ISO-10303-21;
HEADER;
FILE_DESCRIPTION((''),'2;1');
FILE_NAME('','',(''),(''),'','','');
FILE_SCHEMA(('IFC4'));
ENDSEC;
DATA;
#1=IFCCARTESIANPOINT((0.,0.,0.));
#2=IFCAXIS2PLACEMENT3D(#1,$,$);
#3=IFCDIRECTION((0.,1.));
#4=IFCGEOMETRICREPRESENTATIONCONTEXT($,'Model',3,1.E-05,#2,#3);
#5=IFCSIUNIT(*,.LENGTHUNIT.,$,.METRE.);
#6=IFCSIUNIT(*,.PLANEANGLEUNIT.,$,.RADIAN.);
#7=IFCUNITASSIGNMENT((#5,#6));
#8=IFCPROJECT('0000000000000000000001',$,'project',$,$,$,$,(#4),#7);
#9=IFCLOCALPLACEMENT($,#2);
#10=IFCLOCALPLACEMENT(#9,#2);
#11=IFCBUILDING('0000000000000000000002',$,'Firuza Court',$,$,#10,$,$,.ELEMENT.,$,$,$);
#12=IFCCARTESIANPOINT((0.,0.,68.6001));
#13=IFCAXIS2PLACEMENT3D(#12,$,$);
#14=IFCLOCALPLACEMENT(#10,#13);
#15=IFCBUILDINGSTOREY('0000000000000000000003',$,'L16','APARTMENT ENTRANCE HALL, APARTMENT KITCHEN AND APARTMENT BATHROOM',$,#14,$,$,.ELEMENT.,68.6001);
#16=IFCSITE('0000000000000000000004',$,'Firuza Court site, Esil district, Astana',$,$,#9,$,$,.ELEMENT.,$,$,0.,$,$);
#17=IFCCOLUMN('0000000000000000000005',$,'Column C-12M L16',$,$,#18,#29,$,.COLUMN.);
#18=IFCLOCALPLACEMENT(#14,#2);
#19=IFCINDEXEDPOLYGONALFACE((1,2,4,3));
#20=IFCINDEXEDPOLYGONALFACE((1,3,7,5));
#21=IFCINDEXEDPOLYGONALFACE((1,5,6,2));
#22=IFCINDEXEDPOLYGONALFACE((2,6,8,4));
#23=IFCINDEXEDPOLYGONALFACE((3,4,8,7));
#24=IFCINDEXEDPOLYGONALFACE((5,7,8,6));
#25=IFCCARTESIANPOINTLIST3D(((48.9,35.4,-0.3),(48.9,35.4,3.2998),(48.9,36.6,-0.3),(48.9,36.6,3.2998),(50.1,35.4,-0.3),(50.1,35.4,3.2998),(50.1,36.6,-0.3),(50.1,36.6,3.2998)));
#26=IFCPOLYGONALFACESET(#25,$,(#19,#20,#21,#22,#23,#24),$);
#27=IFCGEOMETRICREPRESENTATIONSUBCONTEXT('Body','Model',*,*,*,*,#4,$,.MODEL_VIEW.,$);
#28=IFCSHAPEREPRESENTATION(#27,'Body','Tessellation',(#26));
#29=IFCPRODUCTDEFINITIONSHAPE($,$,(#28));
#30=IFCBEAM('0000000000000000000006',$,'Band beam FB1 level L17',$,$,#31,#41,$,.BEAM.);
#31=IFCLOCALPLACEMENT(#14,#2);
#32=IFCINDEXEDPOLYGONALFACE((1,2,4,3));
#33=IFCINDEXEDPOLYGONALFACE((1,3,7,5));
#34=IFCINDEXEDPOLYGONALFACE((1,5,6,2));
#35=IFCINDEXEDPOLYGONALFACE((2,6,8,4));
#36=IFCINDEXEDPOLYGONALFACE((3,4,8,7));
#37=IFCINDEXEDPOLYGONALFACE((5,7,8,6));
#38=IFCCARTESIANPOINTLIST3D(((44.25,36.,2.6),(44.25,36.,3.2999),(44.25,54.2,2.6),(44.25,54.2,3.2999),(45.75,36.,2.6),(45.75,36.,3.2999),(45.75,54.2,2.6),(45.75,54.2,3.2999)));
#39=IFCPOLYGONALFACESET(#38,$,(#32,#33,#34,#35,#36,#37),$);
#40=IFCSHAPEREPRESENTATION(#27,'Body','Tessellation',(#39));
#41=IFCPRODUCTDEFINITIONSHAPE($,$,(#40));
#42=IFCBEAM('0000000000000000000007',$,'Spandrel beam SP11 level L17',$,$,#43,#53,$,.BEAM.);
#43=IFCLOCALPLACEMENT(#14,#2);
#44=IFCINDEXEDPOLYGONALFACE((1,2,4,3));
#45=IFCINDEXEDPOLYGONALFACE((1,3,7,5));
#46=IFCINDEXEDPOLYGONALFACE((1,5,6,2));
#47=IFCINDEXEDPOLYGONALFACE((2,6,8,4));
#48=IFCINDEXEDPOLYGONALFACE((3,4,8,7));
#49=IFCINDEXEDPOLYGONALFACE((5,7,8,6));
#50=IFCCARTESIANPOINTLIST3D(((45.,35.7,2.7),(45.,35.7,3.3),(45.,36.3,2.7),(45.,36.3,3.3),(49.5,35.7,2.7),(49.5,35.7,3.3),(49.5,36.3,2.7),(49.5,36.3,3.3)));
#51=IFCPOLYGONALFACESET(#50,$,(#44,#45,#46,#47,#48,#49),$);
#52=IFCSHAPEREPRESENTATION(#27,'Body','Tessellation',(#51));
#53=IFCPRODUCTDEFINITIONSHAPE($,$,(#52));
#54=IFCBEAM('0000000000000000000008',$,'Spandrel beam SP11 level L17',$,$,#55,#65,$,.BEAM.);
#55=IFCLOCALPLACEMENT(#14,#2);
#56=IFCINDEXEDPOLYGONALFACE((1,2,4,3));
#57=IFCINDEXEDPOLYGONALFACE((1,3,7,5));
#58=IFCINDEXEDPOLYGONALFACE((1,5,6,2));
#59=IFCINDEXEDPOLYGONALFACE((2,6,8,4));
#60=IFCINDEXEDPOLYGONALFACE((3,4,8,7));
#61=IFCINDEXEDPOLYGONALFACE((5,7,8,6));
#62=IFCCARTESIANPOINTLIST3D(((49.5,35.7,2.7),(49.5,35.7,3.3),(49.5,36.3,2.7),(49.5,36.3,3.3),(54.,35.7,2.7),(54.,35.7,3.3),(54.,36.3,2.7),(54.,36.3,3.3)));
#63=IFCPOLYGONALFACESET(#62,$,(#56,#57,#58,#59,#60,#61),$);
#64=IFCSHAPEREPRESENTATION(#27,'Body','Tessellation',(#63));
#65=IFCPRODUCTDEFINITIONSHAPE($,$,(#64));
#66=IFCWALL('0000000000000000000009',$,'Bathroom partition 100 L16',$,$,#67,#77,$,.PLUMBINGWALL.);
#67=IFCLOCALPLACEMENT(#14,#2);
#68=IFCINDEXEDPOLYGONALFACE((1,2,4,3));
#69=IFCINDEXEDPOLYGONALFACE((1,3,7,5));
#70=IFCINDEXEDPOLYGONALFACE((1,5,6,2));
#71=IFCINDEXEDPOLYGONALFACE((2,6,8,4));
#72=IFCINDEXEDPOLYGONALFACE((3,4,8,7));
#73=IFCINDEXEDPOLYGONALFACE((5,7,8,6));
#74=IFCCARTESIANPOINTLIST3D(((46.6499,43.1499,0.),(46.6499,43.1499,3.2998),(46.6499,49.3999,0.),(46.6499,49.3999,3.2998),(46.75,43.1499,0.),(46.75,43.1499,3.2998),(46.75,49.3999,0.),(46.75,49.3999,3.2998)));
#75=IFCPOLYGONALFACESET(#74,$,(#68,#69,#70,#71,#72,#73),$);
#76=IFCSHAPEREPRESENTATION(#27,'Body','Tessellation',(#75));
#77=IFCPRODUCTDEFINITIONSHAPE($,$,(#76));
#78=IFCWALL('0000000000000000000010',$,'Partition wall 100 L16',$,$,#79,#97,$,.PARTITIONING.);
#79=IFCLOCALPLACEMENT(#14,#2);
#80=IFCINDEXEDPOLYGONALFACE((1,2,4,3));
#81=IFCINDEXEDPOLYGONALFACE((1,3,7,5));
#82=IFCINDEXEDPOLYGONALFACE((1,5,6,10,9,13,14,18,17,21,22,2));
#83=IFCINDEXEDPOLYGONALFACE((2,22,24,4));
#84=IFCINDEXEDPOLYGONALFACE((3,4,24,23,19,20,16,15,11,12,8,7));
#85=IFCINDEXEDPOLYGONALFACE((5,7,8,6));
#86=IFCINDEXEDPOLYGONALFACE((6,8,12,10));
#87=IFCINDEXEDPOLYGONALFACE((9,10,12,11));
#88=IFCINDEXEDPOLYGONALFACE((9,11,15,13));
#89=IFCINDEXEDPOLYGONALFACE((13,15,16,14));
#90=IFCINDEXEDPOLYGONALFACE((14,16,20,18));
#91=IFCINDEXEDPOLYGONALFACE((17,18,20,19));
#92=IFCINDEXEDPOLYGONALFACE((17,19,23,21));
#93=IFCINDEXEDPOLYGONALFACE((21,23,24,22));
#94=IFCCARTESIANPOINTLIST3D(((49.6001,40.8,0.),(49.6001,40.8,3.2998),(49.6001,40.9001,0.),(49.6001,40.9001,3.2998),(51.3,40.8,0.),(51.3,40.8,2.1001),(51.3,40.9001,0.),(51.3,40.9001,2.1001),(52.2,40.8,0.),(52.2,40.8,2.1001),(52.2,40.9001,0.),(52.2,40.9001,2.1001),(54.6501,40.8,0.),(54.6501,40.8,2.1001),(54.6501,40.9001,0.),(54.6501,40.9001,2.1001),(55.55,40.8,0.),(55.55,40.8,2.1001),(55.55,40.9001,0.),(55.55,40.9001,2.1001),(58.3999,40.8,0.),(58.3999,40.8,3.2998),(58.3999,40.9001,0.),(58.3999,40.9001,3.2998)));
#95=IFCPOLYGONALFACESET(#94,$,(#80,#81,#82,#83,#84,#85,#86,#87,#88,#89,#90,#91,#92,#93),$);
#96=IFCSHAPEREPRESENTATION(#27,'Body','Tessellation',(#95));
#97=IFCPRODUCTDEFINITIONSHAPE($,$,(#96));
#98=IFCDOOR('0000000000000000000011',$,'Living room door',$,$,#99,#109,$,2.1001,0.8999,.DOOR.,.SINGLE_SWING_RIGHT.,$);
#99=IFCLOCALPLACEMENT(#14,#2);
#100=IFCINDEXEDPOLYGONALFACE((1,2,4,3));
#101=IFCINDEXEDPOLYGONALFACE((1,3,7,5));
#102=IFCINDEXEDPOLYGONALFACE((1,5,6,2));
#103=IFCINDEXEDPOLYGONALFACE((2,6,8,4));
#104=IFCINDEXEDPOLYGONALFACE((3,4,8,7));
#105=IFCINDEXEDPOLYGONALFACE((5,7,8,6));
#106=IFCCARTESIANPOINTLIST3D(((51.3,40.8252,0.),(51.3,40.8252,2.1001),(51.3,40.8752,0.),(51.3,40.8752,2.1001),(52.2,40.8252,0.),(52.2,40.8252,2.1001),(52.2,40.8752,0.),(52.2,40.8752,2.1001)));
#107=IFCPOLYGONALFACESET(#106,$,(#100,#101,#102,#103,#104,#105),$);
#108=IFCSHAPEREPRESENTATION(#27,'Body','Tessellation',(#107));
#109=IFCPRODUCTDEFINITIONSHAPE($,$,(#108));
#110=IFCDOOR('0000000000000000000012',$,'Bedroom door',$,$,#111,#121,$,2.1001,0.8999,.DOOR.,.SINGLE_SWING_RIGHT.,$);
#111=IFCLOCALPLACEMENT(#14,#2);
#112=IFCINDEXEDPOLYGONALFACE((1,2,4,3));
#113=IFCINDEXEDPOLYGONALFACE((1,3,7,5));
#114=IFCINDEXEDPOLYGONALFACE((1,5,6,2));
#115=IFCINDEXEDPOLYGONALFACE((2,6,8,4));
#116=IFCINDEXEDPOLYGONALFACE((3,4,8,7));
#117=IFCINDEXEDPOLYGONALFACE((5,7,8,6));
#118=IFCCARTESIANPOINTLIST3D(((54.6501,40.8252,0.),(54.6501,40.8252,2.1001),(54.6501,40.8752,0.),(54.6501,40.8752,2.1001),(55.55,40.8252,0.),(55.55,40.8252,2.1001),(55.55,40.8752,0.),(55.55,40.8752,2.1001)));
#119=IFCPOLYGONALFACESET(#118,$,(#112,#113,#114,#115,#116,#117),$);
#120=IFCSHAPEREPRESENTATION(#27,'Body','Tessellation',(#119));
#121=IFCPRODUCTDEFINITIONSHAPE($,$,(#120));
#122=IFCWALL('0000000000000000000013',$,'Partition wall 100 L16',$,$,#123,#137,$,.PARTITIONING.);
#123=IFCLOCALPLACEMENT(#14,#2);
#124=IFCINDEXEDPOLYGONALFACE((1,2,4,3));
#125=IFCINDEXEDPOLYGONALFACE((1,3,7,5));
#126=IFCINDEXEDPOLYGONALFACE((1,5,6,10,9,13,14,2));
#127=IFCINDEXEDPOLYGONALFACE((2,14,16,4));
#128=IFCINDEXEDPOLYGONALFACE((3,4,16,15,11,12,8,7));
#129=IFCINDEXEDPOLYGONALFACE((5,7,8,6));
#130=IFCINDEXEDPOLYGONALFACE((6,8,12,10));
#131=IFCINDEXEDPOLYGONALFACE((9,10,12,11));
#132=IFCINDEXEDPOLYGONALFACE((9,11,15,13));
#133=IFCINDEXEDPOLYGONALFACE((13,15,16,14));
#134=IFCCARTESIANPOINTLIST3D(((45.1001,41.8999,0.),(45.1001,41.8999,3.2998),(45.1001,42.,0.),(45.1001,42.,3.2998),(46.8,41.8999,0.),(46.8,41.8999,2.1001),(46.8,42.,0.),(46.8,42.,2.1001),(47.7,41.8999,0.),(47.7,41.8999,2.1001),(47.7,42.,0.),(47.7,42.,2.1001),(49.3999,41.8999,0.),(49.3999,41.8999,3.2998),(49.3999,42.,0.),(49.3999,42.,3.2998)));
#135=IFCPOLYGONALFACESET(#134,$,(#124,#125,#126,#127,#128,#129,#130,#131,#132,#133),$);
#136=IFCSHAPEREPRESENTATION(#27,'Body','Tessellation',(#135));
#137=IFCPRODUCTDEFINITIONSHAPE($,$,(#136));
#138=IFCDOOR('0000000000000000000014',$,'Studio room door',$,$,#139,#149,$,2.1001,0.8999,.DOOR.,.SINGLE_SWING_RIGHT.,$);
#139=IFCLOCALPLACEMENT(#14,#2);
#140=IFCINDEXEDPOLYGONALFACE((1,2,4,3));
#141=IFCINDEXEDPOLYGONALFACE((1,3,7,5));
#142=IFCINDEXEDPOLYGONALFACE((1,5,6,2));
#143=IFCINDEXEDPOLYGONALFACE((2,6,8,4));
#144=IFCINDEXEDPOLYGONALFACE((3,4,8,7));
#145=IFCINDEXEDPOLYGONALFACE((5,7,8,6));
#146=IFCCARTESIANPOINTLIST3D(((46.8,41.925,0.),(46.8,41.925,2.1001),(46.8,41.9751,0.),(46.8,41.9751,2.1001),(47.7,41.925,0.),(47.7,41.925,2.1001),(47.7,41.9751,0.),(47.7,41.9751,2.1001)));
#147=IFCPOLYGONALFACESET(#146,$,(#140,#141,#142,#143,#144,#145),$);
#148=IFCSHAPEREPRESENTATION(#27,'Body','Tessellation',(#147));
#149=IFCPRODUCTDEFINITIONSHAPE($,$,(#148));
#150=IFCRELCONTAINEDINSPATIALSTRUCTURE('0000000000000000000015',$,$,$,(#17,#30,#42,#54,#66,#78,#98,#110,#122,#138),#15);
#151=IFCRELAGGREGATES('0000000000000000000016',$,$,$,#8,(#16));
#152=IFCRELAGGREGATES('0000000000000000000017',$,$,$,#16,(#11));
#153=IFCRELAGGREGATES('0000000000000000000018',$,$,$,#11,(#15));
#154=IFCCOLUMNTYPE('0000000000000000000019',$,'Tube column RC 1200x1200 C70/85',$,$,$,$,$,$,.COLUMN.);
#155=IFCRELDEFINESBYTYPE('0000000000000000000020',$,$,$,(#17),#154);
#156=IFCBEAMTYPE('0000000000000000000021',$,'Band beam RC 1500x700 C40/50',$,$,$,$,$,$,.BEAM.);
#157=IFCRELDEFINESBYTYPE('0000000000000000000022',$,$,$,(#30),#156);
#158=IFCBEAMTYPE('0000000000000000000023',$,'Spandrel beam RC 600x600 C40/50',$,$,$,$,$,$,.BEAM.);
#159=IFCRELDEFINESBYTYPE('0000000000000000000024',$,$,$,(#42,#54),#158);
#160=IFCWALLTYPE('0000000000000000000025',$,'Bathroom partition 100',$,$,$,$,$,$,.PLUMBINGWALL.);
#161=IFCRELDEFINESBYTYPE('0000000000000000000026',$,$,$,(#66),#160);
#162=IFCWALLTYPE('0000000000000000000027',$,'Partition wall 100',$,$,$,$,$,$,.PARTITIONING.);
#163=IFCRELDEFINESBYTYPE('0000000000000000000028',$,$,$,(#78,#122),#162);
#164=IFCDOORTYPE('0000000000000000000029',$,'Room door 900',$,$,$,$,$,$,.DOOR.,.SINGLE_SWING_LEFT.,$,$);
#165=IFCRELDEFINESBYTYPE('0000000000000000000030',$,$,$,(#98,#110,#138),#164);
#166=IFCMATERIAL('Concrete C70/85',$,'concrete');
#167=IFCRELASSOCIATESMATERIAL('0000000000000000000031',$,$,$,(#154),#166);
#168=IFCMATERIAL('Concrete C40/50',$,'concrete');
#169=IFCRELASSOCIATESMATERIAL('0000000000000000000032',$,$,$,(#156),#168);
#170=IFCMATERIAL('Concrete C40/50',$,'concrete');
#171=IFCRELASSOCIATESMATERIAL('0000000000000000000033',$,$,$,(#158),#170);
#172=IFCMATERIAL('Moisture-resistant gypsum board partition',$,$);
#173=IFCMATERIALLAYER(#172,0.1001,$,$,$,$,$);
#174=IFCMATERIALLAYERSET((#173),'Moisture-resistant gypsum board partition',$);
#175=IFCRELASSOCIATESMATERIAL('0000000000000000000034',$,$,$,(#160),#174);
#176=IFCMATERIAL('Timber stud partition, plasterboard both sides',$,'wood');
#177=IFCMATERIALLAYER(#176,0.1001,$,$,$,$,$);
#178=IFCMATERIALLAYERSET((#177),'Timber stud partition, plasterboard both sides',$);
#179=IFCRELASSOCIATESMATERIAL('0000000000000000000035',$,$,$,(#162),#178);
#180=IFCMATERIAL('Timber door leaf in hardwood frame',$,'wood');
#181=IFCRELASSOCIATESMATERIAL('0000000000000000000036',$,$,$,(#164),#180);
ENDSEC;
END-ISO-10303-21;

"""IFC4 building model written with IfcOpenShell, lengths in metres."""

from ifc_helpers import new_model, si_unit, direction, frame, frame_2d, origin, origin_2d, place, context, subcontext, project, spatial, rectangle, extrude, material, layer, layer_set, material_profile, profile_set, type_object, element, fill, save


model = new_model("IFC4")

# Units and contexts
model_context = context("Model", 3, precision=1e-05, world=origin(), true_north=direction((0.0, 1.0)))
body_context = subcontext(model_context, "Body", "Model", "MODEL_VIEW")
ifc_project = project(units=[si_unit("LENGTHUNIT", "METRE"), si_unit("PLANEANGLEUNIT", "RADIAN")], contexts=[model_context])

# Site, building, storey
site_placement = place(None, origin())
site = spatial("IfcSite", under=ifc_project, at=site_placement, Name="Firuza Court site, Esil district, Astana", CompositionType="ELEMENT", RefElevation=0.0)
building_placement = place(site_placement, origin())
building = spatial("IfcBuilding", under=site, at=building_placement, Name="Firuza Court", CompositionType="ELEMENT")
storey_placement = place(building_placement, frame((0.0, 0.0, 68.6001)))
storey = spatial("IfcBuildingStorey", under=building, at=storey_placement, Name="L16", Description="APARTMENT ENTRANCE HALL, APARTMENT KITCHEN AND APARTMENT BATHROOM", CompositionType="ELEMENT", Elevation=68.6001)

# Column
ifc_material_1 = material(Name="Concrete C70/85", Category="concrete")
ifc_material_profile_1 = material_profile(ifc_material_1, rectangle(XDim=1.2, YDim=1.2, at=origin_2d()), Name="RC 1200x1200")
ifc_profile_set_1 = profile_set([ifc_material_profile_1], Name="Concrete C70/85")
column_type = type_object("IfcColumnType", Name="Tube column RC 1200x1200 C70/85", PredefinedType="COLUMN", material=ifc_profile_set_1)
column_placement = place(storey_placement, frame((49.5, 36.0, -0.3), z_axis=(0.0, 0.0, 1.0), x_axis=(1.0, 0.0, 0.0)))
element("IfcColumn", 1, at=column_placement, inside=storey, type_object=column_type, Name="Column C-12M L16", PredefinedType="COLUMN", context=body_context, shape_type="SweptSolid", body=[
    extrude(rectangle(XDim=1.2, YDim=1.2, at=origin_2d()), origin(), (0.0, 0.0, 1.0), 3.5999),
])

# Beams
ifc_material_2 = material(Name="Concrete C40/50", Category="concrete")
ifc_material_profile_2 = material_profile(ifc_material_2, rectangle(XDim=1.5, YDim=0.7, at=origin_2d()), Name="RC 1500x700")
ifc_profile_set_2 = profile_set([ifc_material_profile_2], Name="Concrete C40/50")
beam_type_1 = type_object("IfcBeamType", Name="Band beam RC 1500x700 C40/50", PredefinedType="BEAM", material=ifc_profile_set_2)
beam_placement = place(storey_placement, frame((45.0, 36.0, 2.95), z_axis=(0.0, 1.0, 0.0), x_axis=(-1.0, 0.0, 0.0)))
element("IfcBeam", 2, at=beam_placement, inside=storey, type_object=beam_type_1, Name="Band beam FB1 level L17", PredefinedType="BEAM", context=body_context, shape_type="SweptSolid", body=[
    extrude(rectangle(XDim=1.5, YDim=0.7, at=origin_2d()), origin(), (0.0, 0.0, 1.0), 18.2),
])
ifc_material_3 = material(Name="Concrete C40/50", Category="concrete")
ifc_material_profile_3 = material_profile(ifc_material_3, rectangle(XDim=0.6001, YDim=0.6001, at=origin_2d()), Name="RC 600x600")
ifc_profile_set_3 = profile_set([ifc_material_profile_3], Name="Concrete C40/50")
beam_type_2 = type_object("IfcBeamType", Name="Spandrel beam RC 600x600 C40/50", PredefinedType="BEAM", material=ifc_profile_set_3)
for number, where, z_axis, x_axis, name in (
    (3, (45.0, 36.0, 3.0), (1.0, 0.0, 0.0), (0.0, 1.0, 0.0), "Spandrel beam SP11 level L17"),
    (4, (49.5, 36.0, 3.0), (1.0, 0.0, 0.0), (0.0, 1.0, 0.0), "Spandrel beam SP11 level L17"),
):
    element("IfcBeam", number, at=place(storey_placement, frame(where, z_axis=z_axis, x_axis=x_axis)), inside=storey, type_object=beam_type_2, Name=name, PredefinedType="BEAM", context=body_context, shape_type="SweptSolid", body=[
        extrude(rectangle(XDim=0.6001, YDim=0.6001, at=origin_2d()), origin(), (0.0, 0.0, 1.0), 4.5),
    ])

# Wall
ifc_material_4 = material(Name="Moisture-resistant gypsum board partition")
ifc_layer_1 = layer(ifc_material_4, 0.1001)
ifc_layer_set_1 = layer_set([ifc_layer_1], Name="Moisture-resistant gypsum board partition")
wall_type_1 = type_object("IfcWallType", Name="Bathroom partition 100", PredefinedType="PLUMBINGWALL", material=ifc_layer_set_1)
wall_1_placement = place(storey_placement, frame((46.7, 43.1499, 0.0), z_axis=(0.0, 0.0, 1.0), x_axis=(0.0, 1.0, 0.0)))
element("IfcWall", 5, at=wall_1_placement, inside=storey, type_object=wall_type_1, Name="Bathroom partition 100 L16", PredefinedType="PLUMBINGWALL", context=body_context, shape_type="SweptSolid", body=[
    extrude(rectangle(XDim=6.25, YDim=0.1001, at=frame_2d((3.125, 0.0))), origin(), (0.0, 0.0, 1.0), 3.2998),
])

# Wall, openings, doors
ifc_material_5 = material(Name="Timber stud partition, plasterboard both sides", Category="wood")
ifc_layer_2 = layer(ifc_material_5, 0.1001)
ifc_layer_set_2 = layer_set([ifc_layer_2], Name="Timber stud partition, plasterboard both sides")
wall_type_2 = type_object("IfcWallType", Name="Partition wall 100", PredefinedType="PARTITIONING", material=ifc_layer_set_2)
wall_2_placement = place(storey_placement, frame((49.6001, 40.8501, 0.0), z_axis=(0.0, 0.0, 1.0), x_axis=(1.0, 0.0, 0.0)))
wall_2 = element("IfcWall", 6, at=wall_2_placement, inside=storey, type_object=wall_type_2, Name="Partition wall 100 L16", PredefinedType="PARTITIONING", context=body_context, shape_type="SweptSolid", body=[
    extrude(rectangle(XDim=8.7998, YDim=0.1001, at=frame_2d((4.3999, 0.0))), origin(), (0.0, 0.0, 1.0), 3.2998),
])
opening_1_placement = place(wall_2_placement, frame((1.7, 0.0, 0.0)))
opening_1 = element("IfcOpeningElement", 7, at=opening_1_placement, cuts=wall_2, PredefinedType="OPENING", context=body_context, shape_type="SweptSolid", body=[
    extrude(rectangle(XDim=0.8999, YDim=2.1001, at=frame_2d((0.45, 1.05))), frame((0.0, 0.062, 0.0), z_axis=(0.0, -1.0, 0.0), x_axis=(1.0, 0.0, 0.0)), (0.0, 0.0, 1.0), 0.124),
])
opening_2_placement = place(wall_2_placement, frame((5.05, 0.0, 0.0)))
opening_2 = element("IfcOpeningElement", 8, at=opening_2_placement, cuts=wall_2, PredefinedType="OPENING", context=body_context, shape_type="SweptSolid", body=[
    extrude(rectangle(XDim=0.8999, YDim=2.1001, at=frame_2d((0.45, 1.05))), frame((0.0, 0.062, 0.0), z_axis=(0.0, -1.0, 0.0), x_axis=(1.0, 0.0, 0.0)), (0.0, 0.0, 1.0), 0.124),
])
ifc_material_6 = material(Name="Timber door leaf in hardwood frame", Category="wood")
door_type_1 = type_object("IfcDoorType", Name="Room door 900", OperationType="SINGLE_SWING_LEFT", PredefinedType="DOOR", material=ifc_material_6)
door_1_placement = place(opening_1_placement, frame((0.8999, 0.0, 0.0), z_axis=(0.0, 0.0, 1.0), x_axis=(-1.0, 0.0, 0.0)))
door_1 = element("IfcDoor", 9, at=door_1_placement, inside=storey, type_object=door_type_1, Name="Living room door", OperationType="SINGLE_SWING_RIGHT", OverallHeight=2.1001, OverallWidth=0.8999, PredefinedType="DOOR", context=body_context, shape_type="SweptSolid", body=[
    extrude(rectangle(XDim=0.8999, YDim=2.1001, at=frame_2d((0.45, 1.05))), frame((0.0, 0.0249, 0.0), z_axis=(0.0, -1.0, 0.0), x_axis=(1.0, 0.0, 0.0)), (0.0, 0.0, 1.0), 0.05),
])
fill(opening_1, door_1)
door_2_placement = place(opening_2_placement, frame((0.8999, 0.0, 0.0), z_axis=(0.0, 0.0, 1.0), x_axis=(-1.0, 0.0, 0.0)))
door_2 = element("IfcDoor", 10, at=door_2_placement, inside=storey, type_object=door_type_1, Name="Bedroom door", OperationType="SINGLE_SWING_RIGHT", OverallHeight=2.1001, OverallWidth=0.8999, PredefinedType="DOOR", context=body_context, shape_type="SweptSolid", body=[
    extrude(rectangle(XDim=0.8999, YDim=2.1001, at=frame_2d((0.45, 1.05))), frame((0.0, 0.0249, 0.0), z_axis=(0.0, -1.0, 0.0), x_axis=(1.0, 0.0, 0.0)), (0.0, 0.0, 1.0), 0.05),
])
fill(opening_2, door_2)

# Wall, opening, door
wall_3_placement = place(storey_placement, frame((45.1001, 41.95, 0.0), z_axis=(0.0, 0.0, 1.0), x_axis=(1.0, 0.0, 0.0)))
wall_3 = element("IfcWall", 11, at=wall_3_placement, inside=storey, type_object=wall_type_2, Name="Partition wall 100 L16", PredefinedType="PARTITIONING", context=body_context, shape_type="SweptSolid", body=[
    extrude(rectangle(XDim=4.2998, YDim=0.1001, at=frame_2d((2.1499, 0.0))), origin(), (0.0, 0.0, 1.0), 3.2998),
])
opening_3_placement = place(wall_3_placement, frame((1.7, 0.0, 0.0)))
opening_3 = element("IfcOpeningElement", 12, at=opening_3_placement, cuts=wall_3, PredefinedType="OPENING", context=body_context, shape_type="SweptSolid", body=[
    extrude(rectangle(XDim=0.8999, YDim=2.1001, at=frame_2d((0.45, 1.05))), frame((0.0, 0.062, 0.0), z_axis=(0.0, -1.0, 0.0), x_axis=(1.0, 0.0, 0.0)), (0.0, 0.0, 1.0), 0.124),
])
door_3_placement = place(opening_3_placement, frame((0.8999, 0.0, 0.0), z_axis=(0.0, 0.0, 1.0), x_axis=(-1.0, 0.0, 0.0)))
door_3 = element("IfcDoor", 13, at=door_3_placement, inside=storey, type_object=door_type_1, Name="Studio room door", OperationType="SINGLE_SWING_RIGHT", OverallHeight=2.1001, OverallWidth=0.8999, PredefinedType="DOOR", context=body_context, shape_type="SweptSolid", body=[
    extrude(rectangle(XDim=0.8999, YDim=2.1001, at=frame_2d((0.45, 1.05))), frame((0.0, 0.0249, 0.0), z_axis=(0.0, -1.0, 0.0), x_axis=(1.0, 0.0, 0.0)), (0.0, 0.0, 1.0), 0.05),
])
fill(opening_3, door_3)

save(model, "model.ifc")
